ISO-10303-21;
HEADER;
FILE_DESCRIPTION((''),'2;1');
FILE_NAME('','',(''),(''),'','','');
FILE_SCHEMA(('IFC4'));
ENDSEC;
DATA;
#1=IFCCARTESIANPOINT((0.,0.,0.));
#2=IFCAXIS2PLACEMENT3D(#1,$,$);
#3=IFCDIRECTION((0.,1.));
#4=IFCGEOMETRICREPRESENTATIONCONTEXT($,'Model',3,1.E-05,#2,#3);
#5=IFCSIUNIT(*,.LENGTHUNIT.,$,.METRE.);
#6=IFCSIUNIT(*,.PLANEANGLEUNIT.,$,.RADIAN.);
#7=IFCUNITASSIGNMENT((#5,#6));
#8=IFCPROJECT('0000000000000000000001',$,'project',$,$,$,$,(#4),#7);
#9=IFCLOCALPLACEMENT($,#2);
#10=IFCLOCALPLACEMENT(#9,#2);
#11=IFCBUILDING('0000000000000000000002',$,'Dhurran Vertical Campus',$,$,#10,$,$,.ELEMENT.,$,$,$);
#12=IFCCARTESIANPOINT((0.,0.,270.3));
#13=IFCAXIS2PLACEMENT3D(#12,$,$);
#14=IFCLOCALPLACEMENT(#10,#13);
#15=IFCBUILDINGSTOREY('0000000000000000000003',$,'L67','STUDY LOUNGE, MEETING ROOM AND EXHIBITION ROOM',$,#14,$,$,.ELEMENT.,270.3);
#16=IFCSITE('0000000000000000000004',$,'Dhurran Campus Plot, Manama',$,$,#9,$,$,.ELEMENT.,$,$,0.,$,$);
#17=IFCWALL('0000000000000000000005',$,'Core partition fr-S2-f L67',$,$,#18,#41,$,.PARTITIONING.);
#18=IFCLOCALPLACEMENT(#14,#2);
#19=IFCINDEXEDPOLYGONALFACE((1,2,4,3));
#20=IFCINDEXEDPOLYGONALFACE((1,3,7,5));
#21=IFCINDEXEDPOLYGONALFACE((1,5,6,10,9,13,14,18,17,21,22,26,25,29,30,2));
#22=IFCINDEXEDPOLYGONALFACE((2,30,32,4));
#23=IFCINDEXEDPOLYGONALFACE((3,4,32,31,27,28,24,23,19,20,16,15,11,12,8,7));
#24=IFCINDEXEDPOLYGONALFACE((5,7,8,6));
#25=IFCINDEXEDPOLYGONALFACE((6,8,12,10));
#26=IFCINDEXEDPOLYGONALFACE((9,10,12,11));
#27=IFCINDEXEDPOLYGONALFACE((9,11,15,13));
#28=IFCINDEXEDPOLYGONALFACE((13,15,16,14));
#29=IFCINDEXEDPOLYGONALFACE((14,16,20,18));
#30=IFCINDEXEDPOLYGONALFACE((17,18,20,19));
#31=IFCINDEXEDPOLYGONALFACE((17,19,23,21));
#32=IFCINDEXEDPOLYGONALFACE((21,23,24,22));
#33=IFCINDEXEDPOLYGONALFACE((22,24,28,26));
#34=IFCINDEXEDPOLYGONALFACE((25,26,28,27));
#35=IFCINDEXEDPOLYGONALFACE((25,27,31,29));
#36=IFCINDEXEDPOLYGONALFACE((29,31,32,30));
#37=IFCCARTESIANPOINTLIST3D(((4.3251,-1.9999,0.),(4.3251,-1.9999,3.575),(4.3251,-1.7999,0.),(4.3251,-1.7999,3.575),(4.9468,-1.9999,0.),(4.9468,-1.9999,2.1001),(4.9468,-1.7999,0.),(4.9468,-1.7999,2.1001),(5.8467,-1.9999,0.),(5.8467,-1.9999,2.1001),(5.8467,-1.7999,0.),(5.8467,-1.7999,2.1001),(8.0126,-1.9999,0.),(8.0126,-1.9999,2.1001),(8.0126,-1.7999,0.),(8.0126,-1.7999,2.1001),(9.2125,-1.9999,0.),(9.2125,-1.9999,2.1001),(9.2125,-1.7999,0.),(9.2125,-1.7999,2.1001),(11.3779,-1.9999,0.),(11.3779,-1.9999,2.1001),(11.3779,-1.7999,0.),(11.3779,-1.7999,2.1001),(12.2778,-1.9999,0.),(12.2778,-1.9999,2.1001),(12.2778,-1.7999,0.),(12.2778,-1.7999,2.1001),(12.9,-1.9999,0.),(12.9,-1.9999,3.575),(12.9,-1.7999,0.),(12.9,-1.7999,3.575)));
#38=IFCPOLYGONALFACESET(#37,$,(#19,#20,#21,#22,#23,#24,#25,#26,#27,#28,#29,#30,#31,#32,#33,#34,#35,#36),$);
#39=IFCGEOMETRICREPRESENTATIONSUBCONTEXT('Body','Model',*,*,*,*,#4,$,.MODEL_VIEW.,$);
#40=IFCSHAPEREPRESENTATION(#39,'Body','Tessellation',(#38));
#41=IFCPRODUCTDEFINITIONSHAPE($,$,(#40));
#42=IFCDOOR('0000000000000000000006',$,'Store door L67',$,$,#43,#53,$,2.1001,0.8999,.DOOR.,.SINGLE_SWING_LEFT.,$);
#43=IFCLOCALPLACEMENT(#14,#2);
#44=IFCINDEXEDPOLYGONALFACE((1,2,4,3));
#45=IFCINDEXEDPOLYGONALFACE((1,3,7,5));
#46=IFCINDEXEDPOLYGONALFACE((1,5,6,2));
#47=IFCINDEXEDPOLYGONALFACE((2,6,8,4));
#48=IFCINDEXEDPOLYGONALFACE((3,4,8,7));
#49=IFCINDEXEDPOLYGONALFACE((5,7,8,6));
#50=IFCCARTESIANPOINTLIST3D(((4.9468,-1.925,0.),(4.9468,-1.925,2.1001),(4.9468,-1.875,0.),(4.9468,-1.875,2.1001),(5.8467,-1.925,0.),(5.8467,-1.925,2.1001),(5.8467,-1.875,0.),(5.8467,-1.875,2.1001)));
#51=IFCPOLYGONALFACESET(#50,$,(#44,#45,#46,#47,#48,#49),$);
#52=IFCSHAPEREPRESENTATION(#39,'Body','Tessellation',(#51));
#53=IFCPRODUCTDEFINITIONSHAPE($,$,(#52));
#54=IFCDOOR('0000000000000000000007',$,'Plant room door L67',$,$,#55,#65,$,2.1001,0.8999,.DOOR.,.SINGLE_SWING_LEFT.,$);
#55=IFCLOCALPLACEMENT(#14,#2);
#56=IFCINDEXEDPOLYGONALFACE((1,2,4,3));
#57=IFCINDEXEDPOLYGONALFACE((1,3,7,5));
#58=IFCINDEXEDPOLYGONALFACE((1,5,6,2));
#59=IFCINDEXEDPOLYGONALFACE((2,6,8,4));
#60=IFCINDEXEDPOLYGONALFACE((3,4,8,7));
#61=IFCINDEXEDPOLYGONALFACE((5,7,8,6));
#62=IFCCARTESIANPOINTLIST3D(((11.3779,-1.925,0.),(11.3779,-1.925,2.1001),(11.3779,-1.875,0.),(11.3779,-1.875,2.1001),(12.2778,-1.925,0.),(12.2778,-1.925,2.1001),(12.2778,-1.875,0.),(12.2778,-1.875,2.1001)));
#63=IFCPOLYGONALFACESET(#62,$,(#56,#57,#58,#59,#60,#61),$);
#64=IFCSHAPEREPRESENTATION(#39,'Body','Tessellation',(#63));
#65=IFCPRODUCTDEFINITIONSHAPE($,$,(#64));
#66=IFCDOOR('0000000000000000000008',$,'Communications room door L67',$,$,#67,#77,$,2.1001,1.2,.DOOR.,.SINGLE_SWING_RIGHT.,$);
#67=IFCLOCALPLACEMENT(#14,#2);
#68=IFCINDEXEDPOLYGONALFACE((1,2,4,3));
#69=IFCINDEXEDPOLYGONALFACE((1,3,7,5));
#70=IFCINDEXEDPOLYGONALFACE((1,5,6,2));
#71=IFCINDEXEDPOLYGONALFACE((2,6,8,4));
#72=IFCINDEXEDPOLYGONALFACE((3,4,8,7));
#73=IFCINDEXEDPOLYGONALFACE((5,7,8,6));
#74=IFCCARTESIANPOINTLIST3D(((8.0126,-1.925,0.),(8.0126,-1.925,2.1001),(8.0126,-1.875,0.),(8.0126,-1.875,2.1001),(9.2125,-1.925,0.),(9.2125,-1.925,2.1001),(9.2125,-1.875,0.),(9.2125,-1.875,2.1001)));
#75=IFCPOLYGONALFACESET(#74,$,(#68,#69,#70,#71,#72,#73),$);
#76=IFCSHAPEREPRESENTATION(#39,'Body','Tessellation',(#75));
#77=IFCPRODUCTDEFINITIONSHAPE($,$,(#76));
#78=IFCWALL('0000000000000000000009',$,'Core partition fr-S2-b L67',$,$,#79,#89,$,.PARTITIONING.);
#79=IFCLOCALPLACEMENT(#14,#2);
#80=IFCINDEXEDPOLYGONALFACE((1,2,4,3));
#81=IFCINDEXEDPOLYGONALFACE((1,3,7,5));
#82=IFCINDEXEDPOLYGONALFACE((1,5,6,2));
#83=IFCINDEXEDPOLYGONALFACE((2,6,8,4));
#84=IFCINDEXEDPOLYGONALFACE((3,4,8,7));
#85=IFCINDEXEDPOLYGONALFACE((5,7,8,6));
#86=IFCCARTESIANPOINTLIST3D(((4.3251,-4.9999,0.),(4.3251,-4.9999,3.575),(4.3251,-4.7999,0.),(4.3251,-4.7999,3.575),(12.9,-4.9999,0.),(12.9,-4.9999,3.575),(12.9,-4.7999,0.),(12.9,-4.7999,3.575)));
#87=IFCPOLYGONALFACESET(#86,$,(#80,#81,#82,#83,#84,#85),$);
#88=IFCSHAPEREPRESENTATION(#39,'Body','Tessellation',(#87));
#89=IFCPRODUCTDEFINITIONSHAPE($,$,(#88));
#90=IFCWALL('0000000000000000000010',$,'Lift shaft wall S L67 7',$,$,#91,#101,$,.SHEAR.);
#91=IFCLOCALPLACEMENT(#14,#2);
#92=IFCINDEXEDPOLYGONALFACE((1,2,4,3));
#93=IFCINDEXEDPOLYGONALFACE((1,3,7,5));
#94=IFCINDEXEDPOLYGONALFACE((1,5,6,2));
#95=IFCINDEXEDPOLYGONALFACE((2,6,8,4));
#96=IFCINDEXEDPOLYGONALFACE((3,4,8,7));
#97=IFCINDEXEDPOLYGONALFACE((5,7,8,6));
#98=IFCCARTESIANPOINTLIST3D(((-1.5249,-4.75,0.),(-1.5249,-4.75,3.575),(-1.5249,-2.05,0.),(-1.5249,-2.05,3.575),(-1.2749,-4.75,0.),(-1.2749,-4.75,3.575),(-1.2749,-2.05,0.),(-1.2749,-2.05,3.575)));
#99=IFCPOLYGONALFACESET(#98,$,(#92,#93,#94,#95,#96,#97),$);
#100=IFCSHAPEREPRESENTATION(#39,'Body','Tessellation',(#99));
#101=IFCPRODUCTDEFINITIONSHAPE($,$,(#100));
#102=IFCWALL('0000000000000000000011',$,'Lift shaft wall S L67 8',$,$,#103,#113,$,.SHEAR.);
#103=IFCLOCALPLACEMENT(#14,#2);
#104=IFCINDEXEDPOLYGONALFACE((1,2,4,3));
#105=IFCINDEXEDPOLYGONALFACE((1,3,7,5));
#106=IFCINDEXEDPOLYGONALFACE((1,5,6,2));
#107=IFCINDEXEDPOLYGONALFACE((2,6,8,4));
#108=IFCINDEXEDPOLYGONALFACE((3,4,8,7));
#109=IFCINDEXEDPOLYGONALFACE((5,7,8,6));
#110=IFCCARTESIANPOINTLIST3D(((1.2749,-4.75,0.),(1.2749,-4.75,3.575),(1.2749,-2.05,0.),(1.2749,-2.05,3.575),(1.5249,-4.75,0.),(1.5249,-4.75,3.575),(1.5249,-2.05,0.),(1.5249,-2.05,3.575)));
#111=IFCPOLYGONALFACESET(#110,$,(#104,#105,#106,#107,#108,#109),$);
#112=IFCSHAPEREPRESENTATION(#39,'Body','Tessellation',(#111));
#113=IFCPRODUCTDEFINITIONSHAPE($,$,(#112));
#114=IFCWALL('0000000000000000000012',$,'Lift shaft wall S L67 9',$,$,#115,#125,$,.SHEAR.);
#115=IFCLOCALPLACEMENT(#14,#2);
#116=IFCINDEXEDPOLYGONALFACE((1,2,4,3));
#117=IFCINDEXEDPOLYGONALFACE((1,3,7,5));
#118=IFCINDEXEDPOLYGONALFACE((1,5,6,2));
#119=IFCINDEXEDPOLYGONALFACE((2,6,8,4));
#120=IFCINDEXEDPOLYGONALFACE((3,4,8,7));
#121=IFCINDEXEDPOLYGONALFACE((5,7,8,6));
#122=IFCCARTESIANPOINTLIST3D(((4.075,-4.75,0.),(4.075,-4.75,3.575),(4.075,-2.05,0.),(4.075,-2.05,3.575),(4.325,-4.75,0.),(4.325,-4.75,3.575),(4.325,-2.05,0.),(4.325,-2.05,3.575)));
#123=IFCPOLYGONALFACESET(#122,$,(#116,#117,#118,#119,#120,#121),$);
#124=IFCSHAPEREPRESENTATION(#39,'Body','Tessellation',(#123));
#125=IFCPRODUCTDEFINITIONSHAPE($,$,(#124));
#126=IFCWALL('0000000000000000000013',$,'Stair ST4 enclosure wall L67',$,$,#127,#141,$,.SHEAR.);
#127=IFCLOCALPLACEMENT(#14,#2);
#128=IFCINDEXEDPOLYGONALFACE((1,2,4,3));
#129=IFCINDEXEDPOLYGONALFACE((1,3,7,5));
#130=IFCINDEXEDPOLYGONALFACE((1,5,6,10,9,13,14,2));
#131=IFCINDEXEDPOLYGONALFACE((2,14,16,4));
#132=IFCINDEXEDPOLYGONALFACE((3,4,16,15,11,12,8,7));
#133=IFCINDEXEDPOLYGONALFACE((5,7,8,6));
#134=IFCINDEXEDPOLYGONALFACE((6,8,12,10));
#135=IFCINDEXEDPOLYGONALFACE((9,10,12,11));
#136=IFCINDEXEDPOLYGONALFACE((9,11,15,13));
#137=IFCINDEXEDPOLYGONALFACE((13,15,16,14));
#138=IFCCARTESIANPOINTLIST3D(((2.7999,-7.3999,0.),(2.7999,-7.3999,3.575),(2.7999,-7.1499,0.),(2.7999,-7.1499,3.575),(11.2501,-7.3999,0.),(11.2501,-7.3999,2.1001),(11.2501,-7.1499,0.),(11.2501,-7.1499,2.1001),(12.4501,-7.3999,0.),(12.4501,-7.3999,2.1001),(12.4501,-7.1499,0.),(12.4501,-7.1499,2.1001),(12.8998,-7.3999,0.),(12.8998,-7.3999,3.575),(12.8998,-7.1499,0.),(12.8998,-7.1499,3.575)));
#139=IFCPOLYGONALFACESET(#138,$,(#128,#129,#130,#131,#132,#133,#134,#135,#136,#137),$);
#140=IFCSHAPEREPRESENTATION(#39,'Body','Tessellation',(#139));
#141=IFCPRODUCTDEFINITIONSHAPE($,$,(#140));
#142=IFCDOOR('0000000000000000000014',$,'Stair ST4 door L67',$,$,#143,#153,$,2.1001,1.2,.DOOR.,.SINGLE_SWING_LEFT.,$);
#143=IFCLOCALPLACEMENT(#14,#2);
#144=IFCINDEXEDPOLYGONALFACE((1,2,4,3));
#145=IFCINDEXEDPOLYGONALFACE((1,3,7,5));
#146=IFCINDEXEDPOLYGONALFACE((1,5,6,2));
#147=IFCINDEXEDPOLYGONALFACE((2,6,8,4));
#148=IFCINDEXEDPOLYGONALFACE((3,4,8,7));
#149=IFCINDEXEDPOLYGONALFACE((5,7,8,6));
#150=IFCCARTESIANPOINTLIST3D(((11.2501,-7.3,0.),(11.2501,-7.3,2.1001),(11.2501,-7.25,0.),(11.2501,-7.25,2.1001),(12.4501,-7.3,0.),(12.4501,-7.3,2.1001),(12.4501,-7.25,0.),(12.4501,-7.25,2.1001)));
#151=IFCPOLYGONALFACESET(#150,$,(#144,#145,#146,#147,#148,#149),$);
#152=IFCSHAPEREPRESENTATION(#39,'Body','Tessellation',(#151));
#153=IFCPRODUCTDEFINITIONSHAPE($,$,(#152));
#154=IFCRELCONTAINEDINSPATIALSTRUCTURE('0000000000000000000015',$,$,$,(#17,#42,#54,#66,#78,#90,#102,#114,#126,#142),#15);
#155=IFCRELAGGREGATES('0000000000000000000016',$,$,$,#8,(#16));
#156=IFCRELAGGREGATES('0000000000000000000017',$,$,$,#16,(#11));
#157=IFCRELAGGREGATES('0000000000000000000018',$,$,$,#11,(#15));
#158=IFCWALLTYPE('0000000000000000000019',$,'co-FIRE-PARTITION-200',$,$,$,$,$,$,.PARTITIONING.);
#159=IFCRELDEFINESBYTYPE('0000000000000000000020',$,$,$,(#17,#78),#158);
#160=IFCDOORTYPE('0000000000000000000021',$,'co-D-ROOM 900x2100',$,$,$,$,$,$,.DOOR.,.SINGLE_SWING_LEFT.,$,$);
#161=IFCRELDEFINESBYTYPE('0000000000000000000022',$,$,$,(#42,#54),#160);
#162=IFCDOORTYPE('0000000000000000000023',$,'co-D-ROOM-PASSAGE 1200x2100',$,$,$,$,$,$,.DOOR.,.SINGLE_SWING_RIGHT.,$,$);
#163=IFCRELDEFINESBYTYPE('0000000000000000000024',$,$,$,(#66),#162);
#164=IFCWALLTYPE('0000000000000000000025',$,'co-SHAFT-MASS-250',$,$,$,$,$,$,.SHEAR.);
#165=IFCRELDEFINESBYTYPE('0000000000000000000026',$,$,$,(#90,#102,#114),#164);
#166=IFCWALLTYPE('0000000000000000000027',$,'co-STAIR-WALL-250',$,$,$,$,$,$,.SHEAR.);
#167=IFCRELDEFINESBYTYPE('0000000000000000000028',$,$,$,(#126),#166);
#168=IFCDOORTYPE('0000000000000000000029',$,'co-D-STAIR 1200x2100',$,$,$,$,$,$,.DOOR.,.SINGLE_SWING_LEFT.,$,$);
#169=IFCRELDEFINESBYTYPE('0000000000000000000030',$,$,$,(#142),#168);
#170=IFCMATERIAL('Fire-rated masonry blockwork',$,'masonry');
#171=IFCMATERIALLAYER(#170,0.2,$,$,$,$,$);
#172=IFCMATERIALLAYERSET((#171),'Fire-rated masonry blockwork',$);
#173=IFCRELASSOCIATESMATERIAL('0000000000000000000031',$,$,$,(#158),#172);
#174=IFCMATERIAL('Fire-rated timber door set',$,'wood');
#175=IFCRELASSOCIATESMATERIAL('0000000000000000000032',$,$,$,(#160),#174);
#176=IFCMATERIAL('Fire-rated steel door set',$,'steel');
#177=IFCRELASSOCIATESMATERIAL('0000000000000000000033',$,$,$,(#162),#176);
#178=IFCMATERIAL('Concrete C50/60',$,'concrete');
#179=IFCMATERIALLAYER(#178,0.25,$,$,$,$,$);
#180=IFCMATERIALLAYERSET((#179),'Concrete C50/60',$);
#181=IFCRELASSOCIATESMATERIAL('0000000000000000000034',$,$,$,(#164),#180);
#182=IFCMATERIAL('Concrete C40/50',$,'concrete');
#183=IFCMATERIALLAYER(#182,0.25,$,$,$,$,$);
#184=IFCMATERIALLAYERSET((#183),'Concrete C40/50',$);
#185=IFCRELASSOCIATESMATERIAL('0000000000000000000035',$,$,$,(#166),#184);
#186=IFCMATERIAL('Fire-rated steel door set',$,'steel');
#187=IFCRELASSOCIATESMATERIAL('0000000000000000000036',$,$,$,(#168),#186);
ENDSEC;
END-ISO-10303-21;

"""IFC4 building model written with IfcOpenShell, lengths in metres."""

from ifc_helpers import new_model, si_unit, direction, frame, frame_2d, origin, place, context, subcontext, project, spatial, polyline, rectangle, outline, extrude, material, layer, layer_set, type_object, element, fill, save


model = new_model("IFC4")

# Units and contexts
model_context = context("Model", 3, precision=1e-05, world=origin(), true_north=direction((0.0, 1.0)))
body_context = subcontext(model_context, "Body", "Model", "MODEL_VIEW")
ifc_project = project(units=[si_unit("LENGTHUNIT", "METRE"), si_unit("PLANEANGLEUNIT", "RADIAN")], contexts=[model_context])

# Site, building, storey
site_placement = place(None, origin())
site = spatial("IfcSite", under=ifc_project, at=site_placement, Name="Dhurran Campus Plot, Manama", CompositionType="ELEMENT", RefElevation=0.0)
building_placement = place(site_placement, origin())
building = spatial("IfcBuilding", under=site, at=building_placement, Name="Dhurran Vertical Campus", CompositionType="ELEMENT")
storey_placement = place(building_placement, frame((0.0, 0.0, 270.3)))
storey = spatial("IfcBuildingStorey", under=building, at=storey_placement, Name="L67", Description="STUDY LOUNGE, MEETING ROOM AND EXHIBITION ROOM", CompositionType="ELEMENT", Elevation=270.3)

# Shared definitions
ifc_material_1 = material(Name="Fire-rated masonry blockwork", Category="masonry")
ifc_layer_1 = layer(ifc_material_1, 0.2)
ifc_layer_set_1 = layer_set([ifc_layer_1], Name="Fire-rated masonry blockwork")
wall_type_1 = type_object("IfcWallType", Name="co-FIRE-PARTITION-200", PredefinedType="PARTITIONING", material=ifc_layer_set_1)

# Wall, openings, doors
wall_1_placement = place(storey_placement, frame((4.325, -1.8999, 0.0), z_axis=(0.0, 0.0, 1.0), x_axis=(1.0, 0.0, 0.0)))
wall_1 = element("IfcWall", 1, at=wall_1_placement, inside=storey, type_object=wall_type_1, Name="Core partition fr-S2-f L67", PredefinedType="PARTITIONING", context=body_context, shape_type="SweptSolid", body=[
    extrude(rectangle(XDim=8.575, YDim=0.2, at=frame_2d((4.2876, 0.0))), origin(), (0.0, 0.0, 1.0), 3.575),
])
opening_1_placement = place(wall_1_placement, frame((0.6218, 0.0, 0.0)))
opening_1 = element("IfcOpeningElement", 2, at=opening_1_placement, cuts=wall_1, PredefinedType="OPENING", context=body_context, shape_type="SweptSolid", body=[
    extrude(rectangle(XDim=0.8999, YDim=2.1001, at=frame_2d((0.45, 1.05))), frame((0.0, 0.1099, 0.0), z_axis=(0.0, -1.0, 0.0), x_axis=(1.0, 0.0, 0.0)), (0.0, 0.0, 1.0), 0.22),
])
opening_2_placement = place(wall_1_placement, frame((3.6875, 0.0, 0.0)))
opening_2 = element("IfcOpeningElement", 3, at=opening_2_placement, cuts=wall_1, PredefinedType="OPENING", context=body_context, shape_type="SweptSolid", body=[
    extrude(rectangle(XDim=1.2, YDim=2.1001, at=frame_2d((0.6001, 1.05))), frame((0.0, 0.1099, 0.0), z_axis=(0.0, -1.0, 0.0), x_axis=(1.0, 0.0, 0.0)), (0.0, 0.0, 1.0), 0.22),
])
opening_3_placement = place(wall_1_placement, frame((7.053, 0.0, 0.0)))
opening_3 = element("IfcOpeningElement", 4, at=opening_3_placement, cuts=wall_1, PredefinedType="OPENING", context=body_context, shape_type="SweptSolid", body=[
    extrude(rectangle(XDim=0.8999, YDim=2.1001, at=frame_2d((0.45, 1.05))), frame((0.0, 0.1099, 0.0), z_axis=(0.0, -1.0, 0.0), x_axis=(1.0, 0.0, 0.0)), (0.0, 0.0, 1.0), 0.22),
])
ifc_material_2 = material(Name="Fire-rated timber door set", Category="wood")
door_type_1 = type_object("IfcDoorType", Name="co-D-ROOM 900x2100", OperationType="SINGLE_SWING_LEFT", PredefinedType="DOOR", material=ifc_material_2)
door_1_placement = place(opening_1_placement, origin())
door_1 = element("IfcDoor", 5, at=door_1_placement, inside=storey, type_object=door_type_1, Name="Store door L67", OperationType="SINGLE_SWING_LEFT", OverallHeight=2.1001, OverallWidth=0.8999, PredefinedType="DOOR", context=body_context, shape_type="SweptSolid", body=[
    extrude(rectangle(XDim=0.8999, YDim=2.1001, at=frame_2d((0.45, 1.05))), frame((0.0, 0.0249, 0.0), z_axis=(0.0, -1.0, 0.0), x_axis=(1.0, 0.0, 0.0)), (0.0, 0.0, 1.0), 0.05),
])
fill(opening_1, door_1)
door_2_placement = place(opening_3_placement, origin())
door_2 = element("IfcDoor", 6, at=door_2_placement, inside=storey, type_object=door_type_1, Name="Plant room door L67", OperationType="SINGLE_SWING_LEFT", OverallHeight=2.1001, OverallWidth=0.8999, PredefinedType="DOOR", context=body_context, shape_type="SweptSolid", body=[
    extrude(rectangle(XDim=0.8999, YDim=2.1001, at=frame_2d((0.45, 1.05))), frame((0.0, 0.0249, 0.0), z_axis=(0.0, -1.0, 0.0), x_axis=(1.0, 0.0, 0.0)), (0.0, 0.0, 1.0), 0.05),
])
fill(opening_3, door_2)
ifc_material_3 = material(Name="Fire-rated steel door set", Category="steel")
door_type_2 = type_object("IfcDoorType", Name="co-D-ROOM-PASSAGE 1200x2100", OperationType="SINGLE_SWING_RIGHT", PredefinedType="DOOR", material=ifc_material_3)
door_3_placement = place(opening_2_placement, origin())
door_3 = element("IfcDoor", 7, at=door_3_placement, inside=storey, type_object=door_type_2, Name="Communications room door L67", OperationType="SINGLE_SWING_RIGHT", OverallHeight=2.1001, OverallWidth=1.2, PredefinedType="DOOR", context=body_context, shape_type="SweptSolid", body=[
    extrude(rectangle(XDim=1.2, YDim=2.1001, at=frame_2d((0.6001, 1.05))), frame((0.0, 0.0249, 0.0), z_axis=(0.0, -1.0, 0.0), x_axis=(1.0, 0.0, 0.0)), (0.0, 0.0, 1.0), 0.05),
])
fill(opening_2, door_3)

# Walls
wall_2_placement = place(storey_placement, frame((4.325, -4.8999, 0.0), z_axis=(0.0, 0.0, 1.0), x_axis=(1.0, 0.0, 0.0)))
element("IfcWall", 8, at=wall_2_placement, inside=storey, type_object=wall_type_1, Name="Core partition fr-S2-b L67", PredefinedType="PARTITIONING", context=body_context, shape_type="SweptSolid", body=[
    extrude(rectangle(XDim=8.575, YDim=0.2, at=frame_2d((4.2876, 0.0))), origin(), (0.0, 0.0, 1.0), 3.575),
])
ifc_material_4 = material(Name="Concrete C50/60", Category="concrete")
ifc_layer_2 = layer(ifc_material_4, 0.25)
ifc_layer_set_2 = layer_set([ifc_layer_2], Name="Concrete C50/60")
wall_type_2 = type_object("IfcWallType", Name="co-SHAFT-MASS-250", PredefinedType="SHEAR", material=ifc_layer_set_2)
wall_3_placement = place(storey_placement, origin())
element("IfcWall", 9, at=wall_3_placement, inside=storey, type_object=wall_type_2, Name="Lift shaft wall S L67 7", PredefinedType="SHEAR", context=body_context, shape_type="SweptSolid", body=[
    extrude(outline(polyline([(-1.5249, -4.75), (-1.2749, -4.75), (-1.2749, -2.05), (-1.5249, -2.05), (-1.5249, -4.75)])), origin(), (0.0, 0.0, 1.0), 3.575),
])
wall_4_placement = place(storey_placement, origin())
element("IfcWall", 10, at=wall_4_placement, inside=storey, type_object=wall_type_2, Name="Lift shaft wall S L67 8", PredefinedType="SHEAR", context=body_context, shape_type="SweptSolid", body=[
    extrude(outline(polyline([(1.2749, -4.75), (1.5249, -4.75), (1.5249, -2.05), (1.2749, -2.05), (1.2749, -4.75)])), origin(), (0.0, 0.0, 1.0), 3.575),
])
wall_5_placement = place(storey_placement, origin())
element("IfcWall", 11, at=wall_5_placement, inside=storey, type_object=wall_type_2, Name="Lift shaft wall S L67 9", PredefinedType="SHEAR", context=body_context, shape_type="SweptSolid", body=[
    extrude(outline(polyline([(4.075, -4.75), (4.325, -4.75), (4.325, -2.05), (4.075, -2.05), (4.075, -4.75)])), origin(), (0.0, 0.0, 1.0), 3.575),
])

# Wall, opening, door
ifc_material_5 = material(Name="Concrete C40/50", Category="concrete")
ifc_layer_3 = layer(ifc_material_5, 0.25)
ifc_layer_set_3 = layer_set([ifc_layer_3], Name="Concrete C40/50")
wall_type_3 = type_object("IfcWallType", Name="co-STAIR-WALL-250", PredefinedType="SHEAR", material=ifc_layer_set_3)
wall_6_placement = place(storey_placement, frame((2.8, -7.2749, 0.0), z_axis=(0.0, 0.0, 1.0), x_axis=(1.0, 0.0, 0.0)))
wall_6 = element("IfcWall", 12, at=wall_6_placement, inside=storey, type_object=wall_type_3, Name="Stair ST4 enclosure wall L67", PredefinedType="SHEAR", context=body_context, shape_type="SweptSolid", body=[
    extrude(rectangle(XDim=10.0999, YDim=0.25, at=frame_2d((5.0498, 0.0))), origin(), (0.0, 0.0, 1.0), 3.575),
])
opening_4_placement = place(wall_6_placement, frame((8.45, 0.0, 0.0)))
opening_4 = element("IfcOpeningElement", 13, at=opening_4_placement, cuts=wall_6, PredefinedType="OPENING", context=body_context, shape_type="SweptSolid", body=[
    extrude(rectangle(XDim=1.2, YDim=2.1001, at=frame_2d((0.6001, 1.05))), frame((0.0, 0.135, 0.0), z_axis=(0.0, -1.0, 0.0), x_axis=(1.0, 0.0, 0.0)), (0.0, 0.0, 1.0), 0.27),
])
ifc_material_6 = material(Name="Fire-rated steel door set", Category="steel")
door_type_3 = type_object("IfcDoorType", Name="co-D-STAIR 1200x2100", OperationType="SINGLE_SWING_LEFT", PredefinedType="DOOR", material=ifc_material_6)
door_4_placement = place(opening_4_placement, origin())
door_4 = element("IfcDoor", 14, at=door_4_placement, inside=storey, type_object=door_type_3, Name="Stair ST4 door L67", OperationType="SINGLE_SWING_LEFT", OverallHeight=2.1001, OverallWidth=1.2, PredefinedType="DOOR", context=body_context, shape_type="SweptSolid", body=[
    extrude(rectangle(XDim=1.2, YDim=2.1001, at=frame_2d((0.6001, 1.05))), frame((0.0, 0.0249, 0.0), z_axis=(0.0, -1.0, 0.0), x_axis=(1.0, 0.0, 0.0)), (0.0, 0.0, 1.0), 0.05),
])
fill(opening_4, door_4)

save(model, "model.ifc")
